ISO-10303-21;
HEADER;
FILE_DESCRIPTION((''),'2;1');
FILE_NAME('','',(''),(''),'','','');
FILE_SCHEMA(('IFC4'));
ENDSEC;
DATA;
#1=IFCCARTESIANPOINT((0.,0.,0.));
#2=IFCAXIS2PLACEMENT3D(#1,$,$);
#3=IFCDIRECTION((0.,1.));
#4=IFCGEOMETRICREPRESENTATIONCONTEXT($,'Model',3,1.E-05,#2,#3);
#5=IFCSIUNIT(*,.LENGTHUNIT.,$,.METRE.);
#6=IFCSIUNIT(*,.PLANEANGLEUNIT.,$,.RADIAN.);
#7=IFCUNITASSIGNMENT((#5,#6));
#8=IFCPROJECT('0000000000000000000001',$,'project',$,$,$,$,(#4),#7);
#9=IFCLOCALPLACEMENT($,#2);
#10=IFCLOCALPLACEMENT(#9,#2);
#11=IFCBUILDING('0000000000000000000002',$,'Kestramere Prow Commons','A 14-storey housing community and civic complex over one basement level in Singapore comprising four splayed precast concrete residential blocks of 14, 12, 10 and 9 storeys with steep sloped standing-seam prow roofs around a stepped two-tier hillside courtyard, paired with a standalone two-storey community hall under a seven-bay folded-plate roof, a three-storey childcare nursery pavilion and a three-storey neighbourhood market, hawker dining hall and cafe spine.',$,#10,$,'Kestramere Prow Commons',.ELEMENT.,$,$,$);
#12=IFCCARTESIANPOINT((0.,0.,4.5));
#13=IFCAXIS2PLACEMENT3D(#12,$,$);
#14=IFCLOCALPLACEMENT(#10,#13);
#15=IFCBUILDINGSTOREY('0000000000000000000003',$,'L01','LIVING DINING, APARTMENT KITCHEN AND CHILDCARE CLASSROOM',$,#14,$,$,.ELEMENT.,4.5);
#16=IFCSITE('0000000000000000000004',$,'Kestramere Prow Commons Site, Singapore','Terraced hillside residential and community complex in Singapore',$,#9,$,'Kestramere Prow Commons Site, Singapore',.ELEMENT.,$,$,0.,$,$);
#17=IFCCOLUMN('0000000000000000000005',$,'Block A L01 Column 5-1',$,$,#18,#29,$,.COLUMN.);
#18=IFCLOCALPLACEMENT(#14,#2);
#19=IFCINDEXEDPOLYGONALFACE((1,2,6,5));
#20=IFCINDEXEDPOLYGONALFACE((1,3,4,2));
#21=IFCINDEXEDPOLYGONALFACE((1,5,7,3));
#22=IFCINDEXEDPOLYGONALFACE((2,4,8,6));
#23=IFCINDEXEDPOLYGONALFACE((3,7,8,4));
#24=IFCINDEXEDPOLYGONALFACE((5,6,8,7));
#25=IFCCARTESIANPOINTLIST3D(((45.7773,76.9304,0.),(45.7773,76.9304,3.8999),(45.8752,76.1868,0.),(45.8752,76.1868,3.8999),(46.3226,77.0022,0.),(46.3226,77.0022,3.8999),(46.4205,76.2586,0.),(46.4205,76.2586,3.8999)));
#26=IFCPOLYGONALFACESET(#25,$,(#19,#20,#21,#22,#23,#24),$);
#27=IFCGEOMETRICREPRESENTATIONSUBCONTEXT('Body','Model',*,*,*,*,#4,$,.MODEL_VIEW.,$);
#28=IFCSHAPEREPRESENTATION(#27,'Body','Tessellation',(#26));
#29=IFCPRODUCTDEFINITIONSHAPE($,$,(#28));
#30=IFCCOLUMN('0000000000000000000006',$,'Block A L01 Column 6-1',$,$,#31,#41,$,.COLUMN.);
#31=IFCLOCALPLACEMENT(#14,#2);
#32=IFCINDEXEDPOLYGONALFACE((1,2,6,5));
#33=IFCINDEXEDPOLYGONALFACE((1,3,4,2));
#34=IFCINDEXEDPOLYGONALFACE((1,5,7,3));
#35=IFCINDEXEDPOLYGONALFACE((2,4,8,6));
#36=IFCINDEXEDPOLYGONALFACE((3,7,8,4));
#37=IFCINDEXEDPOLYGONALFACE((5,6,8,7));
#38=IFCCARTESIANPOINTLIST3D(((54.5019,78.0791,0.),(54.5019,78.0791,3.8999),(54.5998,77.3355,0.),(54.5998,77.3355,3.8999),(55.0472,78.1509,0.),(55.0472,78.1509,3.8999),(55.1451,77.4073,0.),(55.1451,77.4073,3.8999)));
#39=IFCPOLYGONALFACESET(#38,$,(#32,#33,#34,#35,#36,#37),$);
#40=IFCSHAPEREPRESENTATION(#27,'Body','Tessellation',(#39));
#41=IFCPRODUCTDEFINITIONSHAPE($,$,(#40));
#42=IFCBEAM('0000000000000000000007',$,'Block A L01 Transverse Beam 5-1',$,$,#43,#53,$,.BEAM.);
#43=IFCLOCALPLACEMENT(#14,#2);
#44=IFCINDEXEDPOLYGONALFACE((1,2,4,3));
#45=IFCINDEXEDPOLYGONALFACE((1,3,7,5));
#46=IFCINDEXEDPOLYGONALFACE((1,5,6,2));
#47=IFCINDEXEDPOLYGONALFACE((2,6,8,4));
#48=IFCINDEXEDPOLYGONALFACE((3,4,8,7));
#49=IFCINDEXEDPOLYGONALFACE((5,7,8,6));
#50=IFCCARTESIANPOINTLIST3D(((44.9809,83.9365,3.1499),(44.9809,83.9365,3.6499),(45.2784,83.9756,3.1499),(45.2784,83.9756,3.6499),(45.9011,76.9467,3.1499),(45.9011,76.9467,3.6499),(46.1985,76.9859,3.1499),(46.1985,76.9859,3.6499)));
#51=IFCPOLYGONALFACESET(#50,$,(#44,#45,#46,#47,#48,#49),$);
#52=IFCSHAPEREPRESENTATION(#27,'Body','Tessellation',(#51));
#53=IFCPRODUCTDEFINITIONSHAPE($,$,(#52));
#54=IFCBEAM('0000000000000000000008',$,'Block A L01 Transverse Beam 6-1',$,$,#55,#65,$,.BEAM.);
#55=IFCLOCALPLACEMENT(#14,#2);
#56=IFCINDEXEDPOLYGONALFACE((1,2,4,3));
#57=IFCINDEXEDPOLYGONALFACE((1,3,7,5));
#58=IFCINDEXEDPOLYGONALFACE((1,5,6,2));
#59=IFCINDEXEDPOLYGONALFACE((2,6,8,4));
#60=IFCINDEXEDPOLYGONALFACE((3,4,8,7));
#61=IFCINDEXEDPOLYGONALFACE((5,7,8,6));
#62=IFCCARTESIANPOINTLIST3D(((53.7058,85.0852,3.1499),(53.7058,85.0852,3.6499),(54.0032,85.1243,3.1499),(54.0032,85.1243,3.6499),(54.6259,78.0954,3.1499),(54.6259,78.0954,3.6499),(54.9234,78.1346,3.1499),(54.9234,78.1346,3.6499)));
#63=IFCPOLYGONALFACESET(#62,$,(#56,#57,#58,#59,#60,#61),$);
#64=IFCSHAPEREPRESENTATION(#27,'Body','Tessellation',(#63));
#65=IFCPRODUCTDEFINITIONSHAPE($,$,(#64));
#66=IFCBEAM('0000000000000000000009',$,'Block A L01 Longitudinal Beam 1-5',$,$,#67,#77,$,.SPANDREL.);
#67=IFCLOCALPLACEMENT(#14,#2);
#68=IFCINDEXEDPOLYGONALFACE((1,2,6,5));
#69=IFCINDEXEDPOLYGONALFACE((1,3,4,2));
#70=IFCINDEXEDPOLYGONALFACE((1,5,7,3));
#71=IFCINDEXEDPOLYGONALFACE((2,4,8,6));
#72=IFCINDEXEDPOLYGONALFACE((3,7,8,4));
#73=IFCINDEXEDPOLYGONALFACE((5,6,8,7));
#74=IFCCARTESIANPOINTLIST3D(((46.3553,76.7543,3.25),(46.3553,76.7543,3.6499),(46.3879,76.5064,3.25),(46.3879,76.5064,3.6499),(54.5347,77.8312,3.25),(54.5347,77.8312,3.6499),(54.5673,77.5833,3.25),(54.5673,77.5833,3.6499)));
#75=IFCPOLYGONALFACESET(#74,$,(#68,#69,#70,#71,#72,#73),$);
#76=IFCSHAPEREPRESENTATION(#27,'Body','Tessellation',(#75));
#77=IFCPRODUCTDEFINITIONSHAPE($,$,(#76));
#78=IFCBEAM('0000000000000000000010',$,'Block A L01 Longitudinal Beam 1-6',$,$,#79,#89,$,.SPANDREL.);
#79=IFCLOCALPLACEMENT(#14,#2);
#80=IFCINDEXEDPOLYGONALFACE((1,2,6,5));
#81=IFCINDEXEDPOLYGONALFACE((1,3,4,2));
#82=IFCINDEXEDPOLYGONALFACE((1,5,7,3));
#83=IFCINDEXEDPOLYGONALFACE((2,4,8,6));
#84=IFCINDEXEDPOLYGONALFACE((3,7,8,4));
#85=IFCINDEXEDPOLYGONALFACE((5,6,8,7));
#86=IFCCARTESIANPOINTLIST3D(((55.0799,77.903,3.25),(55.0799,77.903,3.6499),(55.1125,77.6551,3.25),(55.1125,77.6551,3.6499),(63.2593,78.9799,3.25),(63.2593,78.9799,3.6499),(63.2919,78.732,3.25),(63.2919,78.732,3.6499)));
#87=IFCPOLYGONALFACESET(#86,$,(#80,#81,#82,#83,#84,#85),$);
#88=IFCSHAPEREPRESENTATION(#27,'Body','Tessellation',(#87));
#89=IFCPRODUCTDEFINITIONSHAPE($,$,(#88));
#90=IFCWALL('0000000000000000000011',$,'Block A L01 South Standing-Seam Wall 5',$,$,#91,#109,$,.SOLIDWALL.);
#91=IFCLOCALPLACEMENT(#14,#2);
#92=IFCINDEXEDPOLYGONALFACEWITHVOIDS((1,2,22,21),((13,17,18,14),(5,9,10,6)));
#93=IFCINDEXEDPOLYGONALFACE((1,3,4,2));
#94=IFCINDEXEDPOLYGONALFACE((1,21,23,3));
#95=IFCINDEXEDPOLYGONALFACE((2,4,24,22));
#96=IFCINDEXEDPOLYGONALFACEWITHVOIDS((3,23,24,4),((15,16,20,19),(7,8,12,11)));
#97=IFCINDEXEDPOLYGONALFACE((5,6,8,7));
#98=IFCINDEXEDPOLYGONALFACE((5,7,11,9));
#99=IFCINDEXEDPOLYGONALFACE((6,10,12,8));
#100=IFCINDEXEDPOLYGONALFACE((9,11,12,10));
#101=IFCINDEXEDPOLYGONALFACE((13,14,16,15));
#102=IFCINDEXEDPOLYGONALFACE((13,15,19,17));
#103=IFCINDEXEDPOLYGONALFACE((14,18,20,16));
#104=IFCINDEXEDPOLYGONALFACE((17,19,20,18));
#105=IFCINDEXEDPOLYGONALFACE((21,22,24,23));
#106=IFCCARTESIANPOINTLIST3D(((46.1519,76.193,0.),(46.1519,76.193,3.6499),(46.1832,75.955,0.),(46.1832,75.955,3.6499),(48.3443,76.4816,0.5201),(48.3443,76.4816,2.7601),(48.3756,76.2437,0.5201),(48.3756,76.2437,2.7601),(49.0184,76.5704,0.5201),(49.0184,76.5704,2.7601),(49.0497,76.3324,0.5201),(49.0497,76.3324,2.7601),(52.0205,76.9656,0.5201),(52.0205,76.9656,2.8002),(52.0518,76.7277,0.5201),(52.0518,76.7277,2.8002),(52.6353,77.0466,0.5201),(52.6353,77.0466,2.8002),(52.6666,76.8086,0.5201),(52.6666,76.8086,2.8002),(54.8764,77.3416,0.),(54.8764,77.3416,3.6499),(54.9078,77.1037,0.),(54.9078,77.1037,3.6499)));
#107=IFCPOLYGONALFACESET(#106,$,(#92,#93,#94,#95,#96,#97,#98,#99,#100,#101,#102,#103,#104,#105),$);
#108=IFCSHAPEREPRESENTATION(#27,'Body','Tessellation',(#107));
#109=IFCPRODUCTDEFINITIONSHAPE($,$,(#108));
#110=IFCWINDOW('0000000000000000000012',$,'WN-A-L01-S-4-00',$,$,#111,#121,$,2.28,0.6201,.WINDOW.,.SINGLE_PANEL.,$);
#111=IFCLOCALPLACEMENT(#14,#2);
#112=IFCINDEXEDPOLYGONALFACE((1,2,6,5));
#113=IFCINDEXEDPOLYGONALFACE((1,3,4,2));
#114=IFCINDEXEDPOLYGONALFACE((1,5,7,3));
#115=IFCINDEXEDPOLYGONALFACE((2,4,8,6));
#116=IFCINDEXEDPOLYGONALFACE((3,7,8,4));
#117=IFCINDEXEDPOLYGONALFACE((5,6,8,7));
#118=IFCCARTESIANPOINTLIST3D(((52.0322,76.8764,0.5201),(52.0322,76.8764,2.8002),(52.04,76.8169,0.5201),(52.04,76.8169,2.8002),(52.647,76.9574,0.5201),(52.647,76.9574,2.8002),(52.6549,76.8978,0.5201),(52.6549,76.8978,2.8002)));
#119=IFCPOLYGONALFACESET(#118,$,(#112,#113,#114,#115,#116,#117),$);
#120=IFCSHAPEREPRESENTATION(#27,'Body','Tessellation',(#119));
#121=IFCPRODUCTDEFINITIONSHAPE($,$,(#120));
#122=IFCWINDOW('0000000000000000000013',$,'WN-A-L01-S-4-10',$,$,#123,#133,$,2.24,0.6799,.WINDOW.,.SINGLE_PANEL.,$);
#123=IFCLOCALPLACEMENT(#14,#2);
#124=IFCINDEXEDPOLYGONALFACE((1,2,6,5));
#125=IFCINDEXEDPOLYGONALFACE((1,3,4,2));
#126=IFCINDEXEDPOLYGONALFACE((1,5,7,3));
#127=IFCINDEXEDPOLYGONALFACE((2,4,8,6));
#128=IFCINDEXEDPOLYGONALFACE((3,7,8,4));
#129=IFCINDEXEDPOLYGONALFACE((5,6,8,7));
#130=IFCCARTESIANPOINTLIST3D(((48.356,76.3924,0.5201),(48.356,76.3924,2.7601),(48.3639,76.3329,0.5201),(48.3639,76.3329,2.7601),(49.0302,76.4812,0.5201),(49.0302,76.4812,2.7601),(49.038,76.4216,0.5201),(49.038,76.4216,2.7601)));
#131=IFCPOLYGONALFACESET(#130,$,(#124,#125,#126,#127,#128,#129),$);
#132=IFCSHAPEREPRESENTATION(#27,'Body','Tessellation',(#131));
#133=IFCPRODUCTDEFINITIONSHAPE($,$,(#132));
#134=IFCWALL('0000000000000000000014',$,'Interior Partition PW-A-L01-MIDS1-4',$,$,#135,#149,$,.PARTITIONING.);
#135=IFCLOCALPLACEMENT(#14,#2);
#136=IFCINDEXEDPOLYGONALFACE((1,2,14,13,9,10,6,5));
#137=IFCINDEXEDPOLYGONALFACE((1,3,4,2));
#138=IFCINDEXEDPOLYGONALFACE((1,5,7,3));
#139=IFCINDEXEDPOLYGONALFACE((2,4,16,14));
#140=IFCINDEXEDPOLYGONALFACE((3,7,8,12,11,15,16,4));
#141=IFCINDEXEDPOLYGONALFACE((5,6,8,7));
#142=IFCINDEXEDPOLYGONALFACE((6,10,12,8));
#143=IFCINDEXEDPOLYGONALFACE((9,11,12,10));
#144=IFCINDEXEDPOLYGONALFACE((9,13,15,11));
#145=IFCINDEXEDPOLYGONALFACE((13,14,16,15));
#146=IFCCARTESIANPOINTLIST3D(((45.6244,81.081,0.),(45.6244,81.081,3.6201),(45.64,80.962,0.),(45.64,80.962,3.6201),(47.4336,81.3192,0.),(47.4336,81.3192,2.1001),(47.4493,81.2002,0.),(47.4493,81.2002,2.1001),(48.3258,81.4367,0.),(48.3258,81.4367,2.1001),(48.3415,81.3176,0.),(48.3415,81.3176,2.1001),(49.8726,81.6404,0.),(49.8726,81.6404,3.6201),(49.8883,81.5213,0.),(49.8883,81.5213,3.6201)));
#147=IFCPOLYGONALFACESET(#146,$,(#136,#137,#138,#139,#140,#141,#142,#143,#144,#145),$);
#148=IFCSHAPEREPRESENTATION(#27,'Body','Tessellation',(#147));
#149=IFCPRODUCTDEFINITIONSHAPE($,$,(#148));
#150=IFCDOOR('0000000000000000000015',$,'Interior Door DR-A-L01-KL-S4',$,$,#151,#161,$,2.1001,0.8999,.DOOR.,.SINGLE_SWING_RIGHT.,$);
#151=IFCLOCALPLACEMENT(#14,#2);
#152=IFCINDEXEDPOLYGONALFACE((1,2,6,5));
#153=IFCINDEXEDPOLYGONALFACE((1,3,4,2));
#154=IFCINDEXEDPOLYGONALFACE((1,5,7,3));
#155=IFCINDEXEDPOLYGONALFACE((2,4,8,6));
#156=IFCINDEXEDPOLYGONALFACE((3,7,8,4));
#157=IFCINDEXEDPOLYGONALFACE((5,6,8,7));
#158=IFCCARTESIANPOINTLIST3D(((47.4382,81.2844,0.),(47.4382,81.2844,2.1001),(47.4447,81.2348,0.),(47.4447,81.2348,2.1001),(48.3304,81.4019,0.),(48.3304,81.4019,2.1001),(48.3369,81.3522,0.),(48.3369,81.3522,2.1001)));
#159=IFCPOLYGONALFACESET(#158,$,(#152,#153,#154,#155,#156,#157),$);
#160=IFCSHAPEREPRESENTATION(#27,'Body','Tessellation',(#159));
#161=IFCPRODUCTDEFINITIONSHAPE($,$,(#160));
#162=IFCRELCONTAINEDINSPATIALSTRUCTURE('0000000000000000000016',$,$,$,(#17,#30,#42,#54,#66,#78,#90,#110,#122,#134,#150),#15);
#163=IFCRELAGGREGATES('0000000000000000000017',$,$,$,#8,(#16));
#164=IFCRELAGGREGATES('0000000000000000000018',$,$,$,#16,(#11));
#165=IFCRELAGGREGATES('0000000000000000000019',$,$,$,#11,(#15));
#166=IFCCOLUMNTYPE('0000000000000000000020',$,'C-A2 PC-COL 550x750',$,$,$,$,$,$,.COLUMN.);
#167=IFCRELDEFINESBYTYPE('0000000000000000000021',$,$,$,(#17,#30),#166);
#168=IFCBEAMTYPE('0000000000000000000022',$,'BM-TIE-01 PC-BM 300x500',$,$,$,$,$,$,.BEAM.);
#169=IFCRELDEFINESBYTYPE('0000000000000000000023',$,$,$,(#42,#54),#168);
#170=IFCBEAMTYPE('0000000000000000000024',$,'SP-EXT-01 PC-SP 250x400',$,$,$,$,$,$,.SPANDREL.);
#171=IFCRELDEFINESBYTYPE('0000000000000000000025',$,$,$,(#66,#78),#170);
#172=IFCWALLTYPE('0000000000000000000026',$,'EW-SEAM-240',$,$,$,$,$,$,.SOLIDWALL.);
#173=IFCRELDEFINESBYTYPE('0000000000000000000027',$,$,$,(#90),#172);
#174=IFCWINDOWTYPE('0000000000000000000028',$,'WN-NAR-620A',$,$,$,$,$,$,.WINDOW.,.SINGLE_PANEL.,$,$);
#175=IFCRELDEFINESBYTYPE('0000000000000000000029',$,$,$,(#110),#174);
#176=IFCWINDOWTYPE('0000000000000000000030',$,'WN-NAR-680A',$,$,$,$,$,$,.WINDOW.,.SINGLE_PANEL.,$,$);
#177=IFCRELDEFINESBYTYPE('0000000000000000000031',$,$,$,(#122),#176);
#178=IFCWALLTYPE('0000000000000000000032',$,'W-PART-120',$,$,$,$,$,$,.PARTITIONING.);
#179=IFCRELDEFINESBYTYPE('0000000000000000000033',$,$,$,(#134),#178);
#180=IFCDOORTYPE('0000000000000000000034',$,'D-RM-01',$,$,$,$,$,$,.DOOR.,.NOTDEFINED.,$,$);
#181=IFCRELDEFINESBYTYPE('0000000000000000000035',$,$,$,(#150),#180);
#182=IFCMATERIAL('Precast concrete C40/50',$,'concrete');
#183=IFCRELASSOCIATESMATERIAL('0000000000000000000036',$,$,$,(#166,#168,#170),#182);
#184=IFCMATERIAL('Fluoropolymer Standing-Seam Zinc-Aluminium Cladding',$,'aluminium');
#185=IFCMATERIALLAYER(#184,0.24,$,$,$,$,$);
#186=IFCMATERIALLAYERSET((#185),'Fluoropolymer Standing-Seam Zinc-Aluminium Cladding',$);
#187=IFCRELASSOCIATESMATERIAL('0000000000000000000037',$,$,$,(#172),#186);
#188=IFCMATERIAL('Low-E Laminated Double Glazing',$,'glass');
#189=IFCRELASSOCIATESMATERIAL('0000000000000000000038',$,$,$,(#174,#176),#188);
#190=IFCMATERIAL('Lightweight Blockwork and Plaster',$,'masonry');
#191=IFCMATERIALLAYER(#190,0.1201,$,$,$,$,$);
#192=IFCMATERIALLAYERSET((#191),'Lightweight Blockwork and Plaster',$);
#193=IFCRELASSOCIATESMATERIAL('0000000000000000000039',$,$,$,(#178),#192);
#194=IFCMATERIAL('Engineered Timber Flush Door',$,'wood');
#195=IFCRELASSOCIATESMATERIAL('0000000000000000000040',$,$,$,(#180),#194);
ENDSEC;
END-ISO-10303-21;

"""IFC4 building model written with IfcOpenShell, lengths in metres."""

from ifc_helpers import new_model, si_unit, direction, frame, frame_2d, origin, origin_2d, place, context, subcontext, project, spatial, rectangle, extrude, material, layer, layer_set, material_profile, profile_set, type_object, element, fill, save


model = new_model("IFC4")

# Units and contexts
model_context = context("Model", 3, precision=1e-05, world=origin(), true_north=direction((0.0, 1.0)))
body_context = subcontext(model_context, "Body", "Model", "MODEL_VIEW")
ifc_project = project(units=[si_unit("LENGTHUNIT", "METRE"), si_unit("PLANEANGLEUNIT", "RADIAN")], contexts=[model_context])

# Site, building, storey
site_placement = place(None, origin())
site = spatial("IfcSite", under=ifc_project, at=site_placement, Name="Kestramere Prow Commons Site, Singapore", Description="Terraced hillside residential and community complex in Singapore", LongName="Kestramere Prow Commons Site, Singapore", CompositionType="ELEMENT", RefElevation=0.0)
building_placement = place(site_placement, origin())
building = spatial("IfcBuilding", under=site, at=building_placement, Name="Kestramere Prow Commons", Description="A 14-storey housing community and civic complex over one basement level in Singapore comprising four splayed precast concrete residential blocks of 14, 12, 10 and 9 storeys with steep sloped standing-seam prow roofs around a stepped two-tier hillside courtyard, paired with a standalone two-storey community hall under a seven-bay folded-plate roof, a three-storey childcare nursery pavilion and a three-storey neighbourhood market, hawker dining hall and cafe spine.", LongName="Kestramere Prow Commons", CompositionType="ELEMENT")
storey_placement = place(building_placement, frame((0.0, 0.0, 4.5)))
storey = spatial("IfcBuildingStorey", under=building, at=storey_placement, Name="L01", Description="LIVING DINING, APARTMENT KITCHEN AND CHILDCARE CLASSROOM", CompositionType="ELEMENT", Elevation=4.5)

# Columns
ifc_material_1 = material(Name="Precast concrete C40/50", Category="concrete")
ifc_material_profile_1 = material_profile(ifc_material_1, rectangle(XDim=0.55, YDim=0.75, at=origin_2d()), Name="PC-COL 550x750")
ifc_profile_set_1 = profile_set([ifc_material_profile_1], Name="Precast concrete C40/50")
column_type = type_object("IfcColumnType", Name="C-A2 PC-COL 550x750", PredefinedType="COLUMN", material=ifc_profile_set_1)
for number, where, z_axis, x_axis, name in (
    (1, (46.0989, 76.5945, 0.0), (0.0, 0.0, 1.0), (0.991445, 0.130526, 0.0), "Block A L01 Column 5-1"),
    (2, (54.8235, 77.7432, 0.0), (0.0, 0.0, 1.0), (0.991445, 0.130526, 0.0), "Block A L01 Column 6-1"),
):
    element("IfcColumn", number, at=place(storey_placement, frame(where, z_axis=z_axis, x_axis=x_axis)), inside=storey, type_object=column_type, Name=name, PredefinedType="COLUMN", context=body_context, shape_type="SweptSolid", body=[
        extrude(rectangle(XDim=0.55, YDim=0.75, at=origin_2d()), origin(), (0.0, 0.0, 1.0), 3.8999),
    ])

# Beams
ifc_material_profile_2 = material_profile(ifc_material_1, rectangle(XDim=0.3, YDim=0.5, at=origin_2d()), Name="PC-BM 300x500")
ifc_profile_set_2 = profile_set([ifc_material_profile_2], Name="Precast concrete C40/50")
beam_type_1 = type_object("IfcBeamType", Name="BM-TIE-01 PC-BM 300x500", PredefinedType="BEAM", material=ifc_profile_set_2)
for number, where, z_axis, x_axis, name in (
    (3, (46.0498, 76.9663, 3.3999), (-0.130519, 0.991446, 0.0), (-0.991446, -0.130519, 0.0), "Block A L01 Transverse Beam 5-1"),
    (4, (54.7747, 78.115, 3.3999), (-0.130519, 0.991446, 0.0), (-0.991446, -0.130519, 0.0), "Block A L01 Transverse Beam 6-1"),
):
    element("IfcBeam", number, at=place(storey_placement, frame(where, z_axis=z_axis, x_axis=x_axis)), inside=storey, type_object=beam_type_1, Name=name, PredefinedType="BEAM", context=body_context, shape_type="SweptSolid", body=[
        extrude(rectangle(XDim=0.3, YDim=0.5, at=origin_2d()), origin(), (0.0, 0.0, 1.0), 7.05),
    ])
ifc_material_profile_3 = material_profile(ifc_material_1, rectangle(XDim=0.25, YDim=0.3999, at=origin_2d()), Name="PC-SP 250x400")
ifc_profile_set_3 = profile_set([ifc_material_profile_3], Name="Precast concrete C40/50")
beam_type_2 = type_object("IfcBeamType", Name="SP-EXT-01 PC-SP 250x400", PredefinedType="SPANDREL", material=ifc_profile_set_3)
for number, where, z_axis, x_axis, name in (
    (5, (46.3716, 76.6304, 3.45), (0.991444, 0.130533, 0.0), (-0.130533, 0.991444, 0.0), "Block A L01 Longitudinal Beam 1-5"),
    (6, (55.0962, 77.7791, 3.45), (0.991444, 0.130533, 0.0), (-0.130533, 0.991444, 0.0), "Block A L01 Longitudinal Beam 1-6"),
):
    element("IfcBeam", number, at=place(storey_placement, frame(where, z_axis=z_axis, x_axis=x_axis)), inside=storey, type_object=beam_type_2, Name=name, PredefinedType="SPANDREL", context=body_context, shape_type="SweptSolid", body=[
        extrude(rectangle(XDim=0.25, YDim=0.3999, at=origin_2d()), origin(), (0.0, 0.0, 1.0), 8.25),
    ])

# Shared definitions
ifc_material_2 = material(Name="Fluoropolymer Standing-Seam Zinc-Aluminium Cladding", Category="aluminium")
ifc_layer_1 = layer(ifc_material_2, 0.24)
ifc_layer_set_1 = layer_set([ifc_layer_1], Name="Fluoropolymer Standing-Seam Zinc-Aluminium Cladding")
wall_type_1 = type_object("IfcWallType", Name="EW-SEAM-240", PredefinedType="SOLIDWALL", material=ifc_layer_set_1)

# Wall, openings, windows
wall_1_placement = place(storey_placement, frame((54.8921, 77.2227, 0.0), z_axis=(0.0, 0.0, 1.0), x_axis=(-0.991444, -0.130533, 0.0)))
wall_1 = element("IfcWall", 7, at=wall_1_placement, inside=storey, type_object=wall_type_1, Name="Block A L01 South Standing-Seam Wall 5", PredefinedType="SOLIDWALL", context=body_context, shape_type="SweptSolid", body=[
    extrude(rectangle(XDim=8.7998, YDim=0.24, at=frame_2d((4.3999, 0.0))), origin(), (0.0, 0.0, 1.0), 3.6499),
])
opening_1_placement = place(wall_1_placement, frame((2.2605, 0.0, 0.52)))
opening_1 = element("IfcOpeningElement", 8, at=opening_1_placement, cuts=wall_1, PredefinedType="OPENING", context=body_context, shape_type="SweptSolid", body=[
    extrude(rectangle(XDim=0.6201, YDim=2.28, at=frame_2d((0.3101, 1.1401))), frame((0.0, 0.135, 0.0), z_axis=(0.0, -1.0, 0.0), x_axis=(1.0, 0.0, 0.0)), (0.0, 0.0, 1.0), 0.27),
])
opening_2_placement = place(wall_1_placement, frame((5.9087, 0.0, 0.52)))
opening_2 = element("IfcOpeningElement", 9, at=opening_2_placement, cuts=wall_1, PredefinedType="OPENING", context=body_context, shape_type="SweptSolid", body=[
    extrude(rectangle(XDim=0.6799, YDim=2.24, at=frame_2d((0.3398, 1.1201))), frame((0.0, 0.135, 0.0), z_axis=(0.0, -1.0, 0.0), x_axis=(1.0, 0.0, 0.0)), (0.0, 0.0, 1.0), 0.27),
])
ifc_material_3 = material(Name="Low-E Laminated Double Glazing", Category="glass")
window_type_1 = type_object("IfcWindowType", Name="WN-NAR-620A", PartitioningType="SINGLE_PANEL", PredefinedType="WINDOW", material=ifc_material_3)
window_1_placement = place(opening_1_placement, origin())
window_1 = element("IfcWindow", 10, at=window_1_placement, inside=storey, type_object=window_type_1, Name="WN-A-L01-S-4-00", OverallHeight=2.28, OverallWidth=0.6201, PartitioningType="SINGLE_PANEL", PredefinedType="WINDOW", context=body_context, shape_type="SweptSolid", body=[
    extrude(rectangle(XDim=0.6201, YDim=2.28, at=frame_2d((0.3101, 1.1401))), frame((0.0, 0.03, 0.0), z_axis=(0.0, -1.0, 0.0), x_axis=(1.0, 0.0, 0.0)), (0.0, 0.0, 1.0), 0.0601),
])
fill(opening_1, window_1)
window_type_2 = type_object("IfcWindowType", Name="WN-NAR-680A", PartitioningType="SINGLE_PANEL", PredefinedType="WINDOW", material=ifc_material_3)
window_2_placement = place(opening_2_placement, origin())
window_2 = element("IfcWindow", 11, at=window_2_placement, inside=storey, type_object=window_type_2, Name="WN-A-L01-S-4-10", OverallHeight=2.24, OverallWidth=0.6799, PartitioningType="SINGLE_PANEL", PredefinedType="WINDOW", context=body_context, shape_type="SweptSolid", body=[
    extrude(rectangle(XDim=0.6799, YDim=2.24, at=frame_2d((0.3398, 1.1201))), frame((0.0, 0.03, 0.0), z_axis=(0.0, -1.0, 0.0), x_axis=(1.0, 0.0, 0.0)), (0.0, 0.0, 1.0), 0.0601),
])
fill(opening_2, window_2)

# Wall, opening, door
ifc_material_4 = material(Name="Lightweight Blockwork and Plaster", Category="masonry")
ifc_layer_2 = layer(ifc_material_4, 0.1201)
ifc_layer_set_2 = layer_set([ifc_layer_2], Name="Lightweight Blockwork and Plaster")
wall_type_2 = type_object("IfcWallType", Name="W-PART-120", PredefinedType="PARTITIONING", material=ifc_layer_set_2)
wall_2_placement = place(storey_placement, frame((45.6321, 81.0215, 0.0), z_axis=(0.0, 0.0, 1.0), x_axis=(0.991444, 0.130533, 0.0)))
wall_2 = element("IfcWall", 12, at=wall_2_placement, inside=storey, type_object=wall_type_2, Name="Interior Partition PW-A-L01-MIDS1-4", PredefinedType="PARTITIONING", context=body_context, shape_type="SweptSolid", body=[
    extrude(rectangle(XDim=4.2849, YDim=0.1201, at=frame_2d((2.1426, 0.0))), origin(), (0.0, 0.0, 1.0), 3.6201),
])
opening_3_placement = place(wall_2_placement, frame((1.825, 0.0, 0.0)))
opening_3 = element("IfcOpeningElement", 13, at=opening_3_placement, cuts=wall_2, PredefinedType="OPENING", context=body_context, shape_type="SweptSolid", body=[
    extrude(rectangle(XDim=0.8999, YDim=2.1001, at=frame_2d((0.45, 1.05))), frame((0.0, 0.075, 0.0), z_axis=(0.0, -1.0, 0.0), x_axis=(1.0, 0.0, 0.0)), (0.0, 0.0, 1.0), 0.1501),
])
ifc_material_5 = material(Name="Engineered Timber Flush Door", Category="wood")
door_type_1 = type_object("IfcDoorType", Name="D-RM-01", OperationType="NOTDEFINED", PredefinedType="DOOR", material=ifc_material_5)
door_1_placement = place(opening_3_placement, origin())
door_1 = element("IfcDoor", 14, at=door_1_placement, inside=storey, type_object=door_type_1, Name="Interior Door DR-A-L01-KL-S4", OperationType="SINGLE_SWING_RIGHT", OverallHeight=2.1001, OverallWidth=0.8999, PredefinedType="DOOR", context=body_context, shape_type="SweptSolid", body=[
    extrude(rectangle(XDim=0.8999, YDim=2.1001, at=frame_2d((0.45, 1.05))), frame((0.0, 0.0249, 0.0), z_axis=(0.0, -1.0, 0.0), x_axis=(1.0, 0.0, 0.0)), (0.0, 0.0, 1.0), 0.05),
])
fill(opening_3, door_1)

save(model, "model.ifc")
